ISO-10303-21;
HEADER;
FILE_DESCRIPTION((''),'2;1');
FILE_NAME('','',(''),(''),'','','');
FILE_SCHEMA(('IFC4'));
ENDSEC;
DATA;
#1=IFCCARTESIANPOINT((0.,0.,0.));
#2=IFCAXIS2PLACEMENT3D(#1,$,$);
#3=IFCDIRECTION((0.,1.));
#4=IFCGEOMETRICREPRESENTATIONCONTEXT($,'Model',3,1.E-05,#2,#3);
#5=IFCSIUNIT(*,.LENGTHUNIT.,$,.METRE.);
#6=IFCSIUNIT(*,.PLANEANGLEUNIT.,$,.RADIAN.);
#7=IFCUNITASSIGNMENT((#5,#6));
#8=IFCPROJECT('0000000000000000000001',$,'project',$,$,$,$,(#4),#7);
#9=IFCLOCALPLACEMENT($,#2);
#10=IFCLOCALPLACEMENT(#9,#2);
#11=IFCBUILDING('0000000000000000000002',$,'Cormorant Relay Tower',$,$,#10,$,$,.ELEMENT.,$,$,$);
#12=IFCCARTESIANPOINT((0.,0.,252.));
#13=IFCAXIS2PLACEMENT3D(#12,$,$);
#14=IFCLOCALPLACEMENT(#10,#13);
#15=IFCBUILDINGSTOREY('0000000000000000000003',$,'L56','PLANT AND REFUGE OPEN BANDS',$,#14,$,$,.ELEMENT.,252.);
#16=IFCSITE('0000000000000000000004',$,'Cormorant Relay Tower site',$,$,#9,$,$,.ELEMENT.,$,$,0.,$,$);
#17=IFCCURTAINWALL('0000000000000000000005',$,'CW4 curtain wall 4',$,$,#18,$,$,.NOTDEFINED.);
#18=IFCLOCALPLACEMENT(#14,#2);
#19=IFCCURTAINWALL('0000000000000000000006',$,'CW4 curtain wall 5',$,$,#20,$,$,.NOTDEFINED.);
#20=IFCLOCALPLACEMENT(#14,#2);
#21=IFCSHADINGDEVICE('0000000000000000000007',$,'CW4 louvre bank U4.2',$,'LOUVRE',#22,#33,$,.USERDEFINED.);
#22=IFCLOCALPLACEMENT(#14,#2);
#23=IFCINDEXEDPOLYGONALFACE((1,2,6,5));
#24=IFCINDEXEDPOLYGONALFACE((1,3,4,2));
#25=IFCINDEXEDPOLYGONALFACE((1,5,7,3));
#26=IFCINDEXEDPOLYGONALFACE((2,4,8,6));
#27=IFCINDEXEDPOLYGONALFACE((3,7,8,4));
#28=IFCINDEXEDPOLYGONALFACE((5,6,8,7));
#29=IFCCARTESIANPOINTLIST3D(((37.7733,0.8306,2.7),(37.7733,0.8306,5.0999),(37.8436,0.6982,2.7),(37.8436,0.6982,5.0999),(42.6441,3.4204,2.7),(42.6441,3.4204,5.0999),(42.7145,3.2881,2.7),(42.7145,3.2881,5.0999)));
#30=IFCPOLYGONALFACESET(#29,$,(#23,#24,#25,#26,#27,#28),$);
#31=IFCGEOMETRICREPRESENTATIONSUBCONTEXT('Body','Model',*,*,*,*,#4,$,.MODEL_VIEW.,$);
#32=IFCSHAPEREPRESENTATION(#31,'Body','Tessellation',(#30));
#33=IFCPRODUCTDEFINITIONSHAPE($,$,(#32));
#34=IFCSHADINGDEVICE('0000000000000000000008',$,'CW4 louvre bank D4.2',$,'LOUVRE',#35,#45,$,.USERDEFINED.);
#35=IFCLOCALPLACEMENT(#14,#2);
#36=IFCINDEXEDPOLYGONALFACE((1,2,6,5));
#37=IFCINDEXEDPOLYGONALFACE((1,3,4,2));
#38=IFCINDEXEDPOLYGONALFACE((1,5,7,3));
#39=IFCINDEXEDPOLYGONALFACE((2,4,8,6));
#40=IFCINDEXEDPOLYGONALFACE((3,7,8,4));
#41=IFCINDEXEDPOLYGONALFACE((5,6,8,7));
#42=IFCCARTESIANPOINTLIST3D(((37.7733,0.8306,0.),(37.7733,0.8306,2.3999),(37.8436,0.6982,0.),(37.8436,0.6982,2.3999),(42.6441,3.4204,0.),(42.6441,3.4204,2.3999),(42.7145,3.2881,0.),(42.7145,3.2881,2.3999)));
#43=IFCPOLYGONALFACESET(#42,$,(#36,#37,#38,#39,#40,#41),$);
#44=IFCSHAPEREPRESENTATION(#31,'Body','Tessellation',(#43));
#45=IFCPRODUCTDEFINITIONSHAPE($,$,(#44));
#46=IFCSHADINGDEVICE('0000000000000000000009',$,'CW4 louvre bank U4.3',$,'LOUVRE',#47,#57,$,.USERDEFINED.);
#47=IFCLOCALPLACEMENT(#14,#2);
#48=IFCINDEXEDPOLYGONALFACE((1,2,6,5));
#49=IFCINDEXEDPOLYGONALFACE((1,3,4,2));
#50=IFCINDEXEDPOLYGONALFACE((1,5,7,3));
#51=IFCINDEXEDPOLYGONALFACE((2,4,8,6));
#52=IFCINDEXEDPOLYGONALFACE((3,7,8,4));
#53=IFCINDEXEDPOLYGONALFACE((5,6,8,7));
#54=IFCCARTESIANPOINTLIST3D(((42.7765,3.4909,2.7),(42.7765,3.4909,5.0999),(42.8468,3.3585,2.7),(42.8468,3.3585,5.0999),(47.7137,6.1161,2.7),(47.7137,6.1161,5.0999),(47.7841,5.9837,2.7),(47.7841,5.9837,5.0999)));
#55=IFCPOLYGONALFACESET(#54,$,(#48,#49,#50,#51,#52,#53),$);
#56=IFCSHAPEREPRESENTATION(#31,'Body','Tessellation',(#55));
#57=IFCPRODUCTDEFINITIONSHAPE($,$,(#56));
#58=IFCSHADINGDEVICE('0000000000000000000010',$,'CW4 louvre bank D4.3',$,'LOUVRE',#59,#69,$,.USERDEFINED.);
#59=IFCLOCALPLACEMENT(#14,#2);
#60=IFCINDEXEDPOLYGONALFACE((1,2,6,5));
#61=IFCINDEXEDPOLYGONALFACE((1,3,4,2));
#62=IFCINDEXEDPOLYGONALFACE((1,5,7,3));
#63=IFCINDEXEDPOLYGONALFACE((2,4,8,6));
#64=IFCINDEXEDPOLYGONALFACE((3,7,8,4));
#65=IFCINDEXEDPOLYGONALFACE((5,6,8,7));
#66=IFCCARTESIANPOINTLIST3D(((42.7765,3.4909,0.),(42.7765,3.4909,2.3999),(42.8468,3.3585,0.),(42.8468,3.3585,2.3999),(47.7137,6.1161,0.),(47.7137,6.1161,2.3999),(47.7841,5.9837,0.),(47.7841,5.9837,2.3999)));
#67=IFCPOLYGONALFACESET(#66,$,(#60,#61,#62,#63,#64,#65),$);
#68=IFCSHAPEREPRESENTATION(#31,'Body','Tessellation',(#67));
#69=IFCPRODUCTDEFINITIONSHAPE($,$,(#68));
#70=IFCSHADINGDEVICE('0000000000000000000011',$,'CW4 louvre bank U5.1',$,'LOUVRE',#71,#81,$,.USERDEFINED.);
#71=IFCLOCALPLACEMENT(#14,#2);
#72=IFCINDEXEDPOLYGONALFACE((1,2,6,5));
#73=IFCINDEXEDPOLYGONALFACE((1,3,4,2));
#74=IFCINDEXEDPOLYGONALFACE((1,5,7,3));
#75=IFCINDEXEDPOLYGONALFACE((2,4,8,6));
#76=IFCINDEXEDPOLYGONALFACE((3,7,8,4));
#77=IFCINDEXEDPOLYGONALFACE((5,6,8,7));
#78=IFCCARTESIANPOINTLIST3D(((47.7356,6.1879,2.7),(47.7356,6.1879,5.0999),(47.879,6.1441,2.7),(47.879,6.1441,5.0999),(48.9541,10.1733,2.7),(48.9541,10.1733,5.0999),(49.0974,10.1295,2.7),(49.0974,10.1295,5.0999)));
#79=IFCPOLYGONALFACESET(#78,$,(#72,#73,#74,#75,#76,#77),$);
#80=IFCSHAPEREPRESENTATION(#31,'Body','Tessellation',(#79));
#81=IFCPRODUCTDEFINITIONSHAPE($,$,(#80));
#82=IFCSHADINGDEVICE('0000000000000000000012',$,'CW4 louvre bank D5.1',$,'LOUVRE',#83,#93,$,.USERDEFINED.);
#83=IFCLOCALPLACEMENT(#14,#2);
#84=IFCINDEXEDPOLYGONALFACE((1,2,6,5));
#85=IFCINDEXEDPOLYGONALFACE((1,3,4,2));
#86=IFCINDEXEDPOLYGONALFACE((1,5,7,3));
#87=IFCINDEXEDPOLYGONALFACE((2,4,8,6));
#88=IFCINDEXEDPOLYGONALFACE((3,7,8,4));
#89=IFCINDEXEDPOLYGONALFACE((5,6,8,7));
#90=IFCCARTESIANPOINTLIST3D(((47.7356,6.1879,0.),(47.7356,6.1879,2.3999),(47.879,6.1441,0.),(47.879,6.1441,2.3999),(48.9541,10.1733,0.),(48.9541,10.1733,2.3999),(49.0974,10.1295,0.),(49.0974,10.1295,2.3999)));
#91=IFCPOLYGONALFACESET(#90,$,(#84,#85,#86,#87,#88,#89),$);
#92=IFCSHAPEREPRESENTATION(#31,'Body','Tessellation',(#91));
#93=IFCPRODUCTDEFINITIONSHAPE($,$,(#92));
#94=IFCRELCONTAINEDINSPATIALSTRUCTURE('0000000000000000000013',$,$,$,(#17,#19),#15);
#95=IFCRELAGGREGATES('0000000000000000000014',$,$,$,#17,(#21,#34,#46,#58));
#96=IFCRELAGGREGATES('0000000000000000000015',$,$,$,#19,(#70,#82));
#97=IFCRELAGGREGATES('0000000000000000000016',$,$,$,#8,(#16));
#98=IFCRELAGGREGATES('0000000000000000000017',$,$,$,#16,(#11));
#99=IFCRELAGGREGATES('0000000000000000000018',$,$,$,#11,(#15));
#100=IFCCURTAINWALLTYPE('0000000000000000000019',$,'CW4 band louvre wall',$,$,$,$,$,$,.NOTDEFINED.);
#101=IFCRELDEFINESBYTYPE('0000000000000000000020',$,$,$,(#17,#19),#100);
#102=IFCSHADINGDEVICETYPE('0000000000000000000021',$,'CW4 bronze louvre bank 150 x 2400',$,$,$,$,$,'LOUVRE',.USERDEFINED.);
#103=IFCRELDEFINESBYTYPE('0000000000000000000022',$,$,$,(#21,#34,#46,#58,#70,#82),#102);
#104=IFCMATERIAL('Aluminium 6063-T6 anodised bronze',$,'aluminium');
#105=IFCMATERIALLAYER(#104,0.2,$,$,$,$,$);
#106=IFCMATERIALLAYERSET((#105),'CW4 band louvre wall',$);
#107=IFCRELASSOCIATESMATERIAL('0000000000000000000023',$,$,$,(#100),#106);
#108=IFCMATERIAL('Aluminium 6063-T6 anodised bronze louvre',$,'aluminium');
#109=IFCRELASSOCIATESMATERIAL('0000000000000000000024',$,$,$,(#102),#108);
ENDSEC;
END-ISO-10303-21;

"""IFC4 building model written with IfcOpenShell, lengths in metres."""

from ifc_helpers import new_model, si_unit, direction, frame, origin, origin_2d, place, context, subcontext, project, spatial, rectangle, extrude, material, layer, layer_set, type_object, element, aggregate, save


model = new_model("IFC4")

# Units and contexts
model_context = context("Model", 3, precision=1e-05, world=origin(), true_north=direction((0.0, 1.0)))
body_context = subcontext(model_context, "Body", "Model", "MODEL_VIEW")
ifc_project = project(units=[si_unit("LENGTHUNIT", "METRE"), si_unit("PLANEANGLEUNIT", "RADIAN")], contexts=[model_context])

# Site, building, storey
site_placement = place(None, origin())
site = spatial("IfcSite", under=ifc_project, at=site_placement, Name="Cormorant Relay Tower site", CompositionType="ELEMENT", RefElevation=0.0)
building_placement = place(site_placement, origin())
building = spatial("IfcBuilding", under=site, at=building_placement, Name="Cormorant Relay Tower", CompositionType="ELEMENT")
storey_placement = place(building_placement, frame((0.0, 0.0, 252.0)))
storey = spatial("IfcBuildingStorey", under=building, at=storey_placement, Name="L56", Description="PLANT AND REFUGE OPEN BANDS", CompositionType="ELEMENT", Elevation=252.0)

# Shared definitions
ifc_material_1 = material(Name="Aluminium 6063-T6 anodised bronze", Category="aluminium")
ifc_layer_1 = layer(ifc_material_1, 0.2)
ifc_layer_set_1 = layer_set([ifc_layer_1], Name="CW4 band louvre wall")
curtain_wall_type = type_object("IfcCurtainWallType", Name="CW4 band louvre wall", PredefinedType="NOTDEFINED", material=ifc_layer_set_1)

# Curtain wall
curtain_wall_1_placement = place(storey_placement, origin())
curtain_wall_1 = element("IfcCurtainWall", 1, at=curtain_wall_1_placement, inside=storey, type_object=curtain_wall_type, Name="CW4 curtain wall 4", PredefinedType="NOTDEFINED")

# Curtain wall
curtain_wall_2_placement = place(storey_placement, origin())
curtain_wall_2 = element("IfcCurtainWall", 2, at=curtain_wall_2_placement, inside=storey, type_object=curtain_wall_type, Name="CW4 curtain wall 5", PredefinedType="NOTDEFINED")

# Shading devices
ifc_material_2 = material(Name="Aluminium 6063-T6 anodised bronze louvre", Category="aluminium")
shading_device_type = type_object("IfcShadingDeviceType", Name="CW4 bronze louvre bank 150 x 2400", ElementType="LOUVRE", PredefinedType="USERDEFINED", material=ifc_material_2)
shading_device_1_placement = place(storey_placement, frame((40.2439, 2.0593, 2.7), z_axis=(0.0, 0.0, 1.0), x_axis=(0.882948, 0.469472, 0.0)))
shading_device_1 = element("IfcShadingDevice", 3, at=shading_device_1_placement, type_object=shading_device_type, Name="CW4 louvre bank U4.2", ObjectType="LOUVRE", PredefinedType="USERDEFINED", context=body_context, shape_type="SweptSolid", body=[
    extrude(rectangle(XDim=5.5166, YDim=0.1499, at=origin_2d()), origin(), (0.0, 0.0, 1.0), 2.3999),
])
shading_device_2_placement = place(storey_placement, frame((40.2439, 2.0593, 0.0), z_axis=(0.0, 0.0, 1.0), x_axis=(0.882948, 0.469472, 0.0)))
shading_device_2 = element("IfcShadingDevice", 4, at=shading_device_2_placement, type_object=shading_device_type, Name="CW4 louvre bank D4.2", ObjectType="LOUVRE", PredefinedType="USERDEFINED", context=body_context, shape_type="SweptSolid", body=[
    extrude(rectangle(XDim=5.5166, YDim=0.1499, at=origin_2d()), origin(), (0.0, 0.0, 1.0), 2.3999),
])
shading_device_3_placement = place(storey_placement, frame((45.2803, 4.7373, 2.7), z_axis=(0.0, 0.0, 1.0), x_axis=(0.882948, 0.469472, 0.0)))
shading_device_3 = element("IfcShadingDevice", 5, at=shading_device_3_placement, type_object=shading_device_type, Name="CW4 louvre bank U4.3", ObjectType="LOUVRE", PredefinedType="USERDEFINED", context=body_context, shape_type="SweptSolid", body=[
    extrude(rectangle(XDim=5.5918, YDim=0.1499, at=origin_2d()), origin(), (0.0, 0.0, 1.0), 2.3999),
])
shading_device_4_placement = place(storey_placement, frame((45.2803, 4.7373, 0.0), z_axis=(0.0, 0.0, 1.0), x_axis=(0.882948, 0.469472, 0.0)))
shading_device_4 = element("IfcShadingDevice", 6, at=shading_device_4_placement, type_object=shading_device_type, Name="CW4 louvre bank D4.3", ObjectType="LOUVRE", PredefinedType="USERDEFINED", context=body_context, shape_type="SweptSolid", body=[
    extrude(rectangle(XDim=5.5918, YDim=0.1499, at=origin_2d()), origin(), (0.0, 0.0, 1.0), 2.3999),
])
aggregate(curtain_wall_1, [shading_device_1, shading_device_2, shading_device_3, shading_device_4])
shading_device_5_placement = place(storey_placement, frame((48.4165, 8.1587, 2.7), z_axis=(0.0, 0.0, 1.0), x_axis=(0.292372, 0.956305, 0.0)))
shading_device_5 = element("IfcShadingDevice", 7, at=shading_device_5_placement, type_object=shading_device_type, Name="CW4 louvre bank U5.1", ObjectType="LOUVRE", PredefinedType="USERDEFINED", context=body_context, shape_type="SweptSolid", body=[
    extrude(rectangle(XDim=4.1675, YDim=0.1499, at=origin_2d()), origin(), (0.0, 0.0, 1.0), 2.3999),
])
shading_device_6_placement = place(storey_placement, frame((48.4165, 8.1587, 0.0), z_axis=(0.0, 0.0, 1.0), x_axis=(0.292372, 0.956305, 0.0)))
shading_device_6 = element("IfcShadingDevice", 8, at=shading_device_6_placement, type_object=shading_device_type, Name="CW4 louvre bank D5.1", ObjectType="LOUVRE", PredefinedType="USERDEFINED", context=body_context, shape_type="SweptSolid", body=[
    extrude(rectangle(XDim=4.1675, YDim=0.1499, at=origin_2d()), origin(), (0.0, 0.0, 1.0), 2.3999),
])
aggregate(curtain_wall_2, [shading_device_5, shading_device_6])

save(model, "model.ifc")
